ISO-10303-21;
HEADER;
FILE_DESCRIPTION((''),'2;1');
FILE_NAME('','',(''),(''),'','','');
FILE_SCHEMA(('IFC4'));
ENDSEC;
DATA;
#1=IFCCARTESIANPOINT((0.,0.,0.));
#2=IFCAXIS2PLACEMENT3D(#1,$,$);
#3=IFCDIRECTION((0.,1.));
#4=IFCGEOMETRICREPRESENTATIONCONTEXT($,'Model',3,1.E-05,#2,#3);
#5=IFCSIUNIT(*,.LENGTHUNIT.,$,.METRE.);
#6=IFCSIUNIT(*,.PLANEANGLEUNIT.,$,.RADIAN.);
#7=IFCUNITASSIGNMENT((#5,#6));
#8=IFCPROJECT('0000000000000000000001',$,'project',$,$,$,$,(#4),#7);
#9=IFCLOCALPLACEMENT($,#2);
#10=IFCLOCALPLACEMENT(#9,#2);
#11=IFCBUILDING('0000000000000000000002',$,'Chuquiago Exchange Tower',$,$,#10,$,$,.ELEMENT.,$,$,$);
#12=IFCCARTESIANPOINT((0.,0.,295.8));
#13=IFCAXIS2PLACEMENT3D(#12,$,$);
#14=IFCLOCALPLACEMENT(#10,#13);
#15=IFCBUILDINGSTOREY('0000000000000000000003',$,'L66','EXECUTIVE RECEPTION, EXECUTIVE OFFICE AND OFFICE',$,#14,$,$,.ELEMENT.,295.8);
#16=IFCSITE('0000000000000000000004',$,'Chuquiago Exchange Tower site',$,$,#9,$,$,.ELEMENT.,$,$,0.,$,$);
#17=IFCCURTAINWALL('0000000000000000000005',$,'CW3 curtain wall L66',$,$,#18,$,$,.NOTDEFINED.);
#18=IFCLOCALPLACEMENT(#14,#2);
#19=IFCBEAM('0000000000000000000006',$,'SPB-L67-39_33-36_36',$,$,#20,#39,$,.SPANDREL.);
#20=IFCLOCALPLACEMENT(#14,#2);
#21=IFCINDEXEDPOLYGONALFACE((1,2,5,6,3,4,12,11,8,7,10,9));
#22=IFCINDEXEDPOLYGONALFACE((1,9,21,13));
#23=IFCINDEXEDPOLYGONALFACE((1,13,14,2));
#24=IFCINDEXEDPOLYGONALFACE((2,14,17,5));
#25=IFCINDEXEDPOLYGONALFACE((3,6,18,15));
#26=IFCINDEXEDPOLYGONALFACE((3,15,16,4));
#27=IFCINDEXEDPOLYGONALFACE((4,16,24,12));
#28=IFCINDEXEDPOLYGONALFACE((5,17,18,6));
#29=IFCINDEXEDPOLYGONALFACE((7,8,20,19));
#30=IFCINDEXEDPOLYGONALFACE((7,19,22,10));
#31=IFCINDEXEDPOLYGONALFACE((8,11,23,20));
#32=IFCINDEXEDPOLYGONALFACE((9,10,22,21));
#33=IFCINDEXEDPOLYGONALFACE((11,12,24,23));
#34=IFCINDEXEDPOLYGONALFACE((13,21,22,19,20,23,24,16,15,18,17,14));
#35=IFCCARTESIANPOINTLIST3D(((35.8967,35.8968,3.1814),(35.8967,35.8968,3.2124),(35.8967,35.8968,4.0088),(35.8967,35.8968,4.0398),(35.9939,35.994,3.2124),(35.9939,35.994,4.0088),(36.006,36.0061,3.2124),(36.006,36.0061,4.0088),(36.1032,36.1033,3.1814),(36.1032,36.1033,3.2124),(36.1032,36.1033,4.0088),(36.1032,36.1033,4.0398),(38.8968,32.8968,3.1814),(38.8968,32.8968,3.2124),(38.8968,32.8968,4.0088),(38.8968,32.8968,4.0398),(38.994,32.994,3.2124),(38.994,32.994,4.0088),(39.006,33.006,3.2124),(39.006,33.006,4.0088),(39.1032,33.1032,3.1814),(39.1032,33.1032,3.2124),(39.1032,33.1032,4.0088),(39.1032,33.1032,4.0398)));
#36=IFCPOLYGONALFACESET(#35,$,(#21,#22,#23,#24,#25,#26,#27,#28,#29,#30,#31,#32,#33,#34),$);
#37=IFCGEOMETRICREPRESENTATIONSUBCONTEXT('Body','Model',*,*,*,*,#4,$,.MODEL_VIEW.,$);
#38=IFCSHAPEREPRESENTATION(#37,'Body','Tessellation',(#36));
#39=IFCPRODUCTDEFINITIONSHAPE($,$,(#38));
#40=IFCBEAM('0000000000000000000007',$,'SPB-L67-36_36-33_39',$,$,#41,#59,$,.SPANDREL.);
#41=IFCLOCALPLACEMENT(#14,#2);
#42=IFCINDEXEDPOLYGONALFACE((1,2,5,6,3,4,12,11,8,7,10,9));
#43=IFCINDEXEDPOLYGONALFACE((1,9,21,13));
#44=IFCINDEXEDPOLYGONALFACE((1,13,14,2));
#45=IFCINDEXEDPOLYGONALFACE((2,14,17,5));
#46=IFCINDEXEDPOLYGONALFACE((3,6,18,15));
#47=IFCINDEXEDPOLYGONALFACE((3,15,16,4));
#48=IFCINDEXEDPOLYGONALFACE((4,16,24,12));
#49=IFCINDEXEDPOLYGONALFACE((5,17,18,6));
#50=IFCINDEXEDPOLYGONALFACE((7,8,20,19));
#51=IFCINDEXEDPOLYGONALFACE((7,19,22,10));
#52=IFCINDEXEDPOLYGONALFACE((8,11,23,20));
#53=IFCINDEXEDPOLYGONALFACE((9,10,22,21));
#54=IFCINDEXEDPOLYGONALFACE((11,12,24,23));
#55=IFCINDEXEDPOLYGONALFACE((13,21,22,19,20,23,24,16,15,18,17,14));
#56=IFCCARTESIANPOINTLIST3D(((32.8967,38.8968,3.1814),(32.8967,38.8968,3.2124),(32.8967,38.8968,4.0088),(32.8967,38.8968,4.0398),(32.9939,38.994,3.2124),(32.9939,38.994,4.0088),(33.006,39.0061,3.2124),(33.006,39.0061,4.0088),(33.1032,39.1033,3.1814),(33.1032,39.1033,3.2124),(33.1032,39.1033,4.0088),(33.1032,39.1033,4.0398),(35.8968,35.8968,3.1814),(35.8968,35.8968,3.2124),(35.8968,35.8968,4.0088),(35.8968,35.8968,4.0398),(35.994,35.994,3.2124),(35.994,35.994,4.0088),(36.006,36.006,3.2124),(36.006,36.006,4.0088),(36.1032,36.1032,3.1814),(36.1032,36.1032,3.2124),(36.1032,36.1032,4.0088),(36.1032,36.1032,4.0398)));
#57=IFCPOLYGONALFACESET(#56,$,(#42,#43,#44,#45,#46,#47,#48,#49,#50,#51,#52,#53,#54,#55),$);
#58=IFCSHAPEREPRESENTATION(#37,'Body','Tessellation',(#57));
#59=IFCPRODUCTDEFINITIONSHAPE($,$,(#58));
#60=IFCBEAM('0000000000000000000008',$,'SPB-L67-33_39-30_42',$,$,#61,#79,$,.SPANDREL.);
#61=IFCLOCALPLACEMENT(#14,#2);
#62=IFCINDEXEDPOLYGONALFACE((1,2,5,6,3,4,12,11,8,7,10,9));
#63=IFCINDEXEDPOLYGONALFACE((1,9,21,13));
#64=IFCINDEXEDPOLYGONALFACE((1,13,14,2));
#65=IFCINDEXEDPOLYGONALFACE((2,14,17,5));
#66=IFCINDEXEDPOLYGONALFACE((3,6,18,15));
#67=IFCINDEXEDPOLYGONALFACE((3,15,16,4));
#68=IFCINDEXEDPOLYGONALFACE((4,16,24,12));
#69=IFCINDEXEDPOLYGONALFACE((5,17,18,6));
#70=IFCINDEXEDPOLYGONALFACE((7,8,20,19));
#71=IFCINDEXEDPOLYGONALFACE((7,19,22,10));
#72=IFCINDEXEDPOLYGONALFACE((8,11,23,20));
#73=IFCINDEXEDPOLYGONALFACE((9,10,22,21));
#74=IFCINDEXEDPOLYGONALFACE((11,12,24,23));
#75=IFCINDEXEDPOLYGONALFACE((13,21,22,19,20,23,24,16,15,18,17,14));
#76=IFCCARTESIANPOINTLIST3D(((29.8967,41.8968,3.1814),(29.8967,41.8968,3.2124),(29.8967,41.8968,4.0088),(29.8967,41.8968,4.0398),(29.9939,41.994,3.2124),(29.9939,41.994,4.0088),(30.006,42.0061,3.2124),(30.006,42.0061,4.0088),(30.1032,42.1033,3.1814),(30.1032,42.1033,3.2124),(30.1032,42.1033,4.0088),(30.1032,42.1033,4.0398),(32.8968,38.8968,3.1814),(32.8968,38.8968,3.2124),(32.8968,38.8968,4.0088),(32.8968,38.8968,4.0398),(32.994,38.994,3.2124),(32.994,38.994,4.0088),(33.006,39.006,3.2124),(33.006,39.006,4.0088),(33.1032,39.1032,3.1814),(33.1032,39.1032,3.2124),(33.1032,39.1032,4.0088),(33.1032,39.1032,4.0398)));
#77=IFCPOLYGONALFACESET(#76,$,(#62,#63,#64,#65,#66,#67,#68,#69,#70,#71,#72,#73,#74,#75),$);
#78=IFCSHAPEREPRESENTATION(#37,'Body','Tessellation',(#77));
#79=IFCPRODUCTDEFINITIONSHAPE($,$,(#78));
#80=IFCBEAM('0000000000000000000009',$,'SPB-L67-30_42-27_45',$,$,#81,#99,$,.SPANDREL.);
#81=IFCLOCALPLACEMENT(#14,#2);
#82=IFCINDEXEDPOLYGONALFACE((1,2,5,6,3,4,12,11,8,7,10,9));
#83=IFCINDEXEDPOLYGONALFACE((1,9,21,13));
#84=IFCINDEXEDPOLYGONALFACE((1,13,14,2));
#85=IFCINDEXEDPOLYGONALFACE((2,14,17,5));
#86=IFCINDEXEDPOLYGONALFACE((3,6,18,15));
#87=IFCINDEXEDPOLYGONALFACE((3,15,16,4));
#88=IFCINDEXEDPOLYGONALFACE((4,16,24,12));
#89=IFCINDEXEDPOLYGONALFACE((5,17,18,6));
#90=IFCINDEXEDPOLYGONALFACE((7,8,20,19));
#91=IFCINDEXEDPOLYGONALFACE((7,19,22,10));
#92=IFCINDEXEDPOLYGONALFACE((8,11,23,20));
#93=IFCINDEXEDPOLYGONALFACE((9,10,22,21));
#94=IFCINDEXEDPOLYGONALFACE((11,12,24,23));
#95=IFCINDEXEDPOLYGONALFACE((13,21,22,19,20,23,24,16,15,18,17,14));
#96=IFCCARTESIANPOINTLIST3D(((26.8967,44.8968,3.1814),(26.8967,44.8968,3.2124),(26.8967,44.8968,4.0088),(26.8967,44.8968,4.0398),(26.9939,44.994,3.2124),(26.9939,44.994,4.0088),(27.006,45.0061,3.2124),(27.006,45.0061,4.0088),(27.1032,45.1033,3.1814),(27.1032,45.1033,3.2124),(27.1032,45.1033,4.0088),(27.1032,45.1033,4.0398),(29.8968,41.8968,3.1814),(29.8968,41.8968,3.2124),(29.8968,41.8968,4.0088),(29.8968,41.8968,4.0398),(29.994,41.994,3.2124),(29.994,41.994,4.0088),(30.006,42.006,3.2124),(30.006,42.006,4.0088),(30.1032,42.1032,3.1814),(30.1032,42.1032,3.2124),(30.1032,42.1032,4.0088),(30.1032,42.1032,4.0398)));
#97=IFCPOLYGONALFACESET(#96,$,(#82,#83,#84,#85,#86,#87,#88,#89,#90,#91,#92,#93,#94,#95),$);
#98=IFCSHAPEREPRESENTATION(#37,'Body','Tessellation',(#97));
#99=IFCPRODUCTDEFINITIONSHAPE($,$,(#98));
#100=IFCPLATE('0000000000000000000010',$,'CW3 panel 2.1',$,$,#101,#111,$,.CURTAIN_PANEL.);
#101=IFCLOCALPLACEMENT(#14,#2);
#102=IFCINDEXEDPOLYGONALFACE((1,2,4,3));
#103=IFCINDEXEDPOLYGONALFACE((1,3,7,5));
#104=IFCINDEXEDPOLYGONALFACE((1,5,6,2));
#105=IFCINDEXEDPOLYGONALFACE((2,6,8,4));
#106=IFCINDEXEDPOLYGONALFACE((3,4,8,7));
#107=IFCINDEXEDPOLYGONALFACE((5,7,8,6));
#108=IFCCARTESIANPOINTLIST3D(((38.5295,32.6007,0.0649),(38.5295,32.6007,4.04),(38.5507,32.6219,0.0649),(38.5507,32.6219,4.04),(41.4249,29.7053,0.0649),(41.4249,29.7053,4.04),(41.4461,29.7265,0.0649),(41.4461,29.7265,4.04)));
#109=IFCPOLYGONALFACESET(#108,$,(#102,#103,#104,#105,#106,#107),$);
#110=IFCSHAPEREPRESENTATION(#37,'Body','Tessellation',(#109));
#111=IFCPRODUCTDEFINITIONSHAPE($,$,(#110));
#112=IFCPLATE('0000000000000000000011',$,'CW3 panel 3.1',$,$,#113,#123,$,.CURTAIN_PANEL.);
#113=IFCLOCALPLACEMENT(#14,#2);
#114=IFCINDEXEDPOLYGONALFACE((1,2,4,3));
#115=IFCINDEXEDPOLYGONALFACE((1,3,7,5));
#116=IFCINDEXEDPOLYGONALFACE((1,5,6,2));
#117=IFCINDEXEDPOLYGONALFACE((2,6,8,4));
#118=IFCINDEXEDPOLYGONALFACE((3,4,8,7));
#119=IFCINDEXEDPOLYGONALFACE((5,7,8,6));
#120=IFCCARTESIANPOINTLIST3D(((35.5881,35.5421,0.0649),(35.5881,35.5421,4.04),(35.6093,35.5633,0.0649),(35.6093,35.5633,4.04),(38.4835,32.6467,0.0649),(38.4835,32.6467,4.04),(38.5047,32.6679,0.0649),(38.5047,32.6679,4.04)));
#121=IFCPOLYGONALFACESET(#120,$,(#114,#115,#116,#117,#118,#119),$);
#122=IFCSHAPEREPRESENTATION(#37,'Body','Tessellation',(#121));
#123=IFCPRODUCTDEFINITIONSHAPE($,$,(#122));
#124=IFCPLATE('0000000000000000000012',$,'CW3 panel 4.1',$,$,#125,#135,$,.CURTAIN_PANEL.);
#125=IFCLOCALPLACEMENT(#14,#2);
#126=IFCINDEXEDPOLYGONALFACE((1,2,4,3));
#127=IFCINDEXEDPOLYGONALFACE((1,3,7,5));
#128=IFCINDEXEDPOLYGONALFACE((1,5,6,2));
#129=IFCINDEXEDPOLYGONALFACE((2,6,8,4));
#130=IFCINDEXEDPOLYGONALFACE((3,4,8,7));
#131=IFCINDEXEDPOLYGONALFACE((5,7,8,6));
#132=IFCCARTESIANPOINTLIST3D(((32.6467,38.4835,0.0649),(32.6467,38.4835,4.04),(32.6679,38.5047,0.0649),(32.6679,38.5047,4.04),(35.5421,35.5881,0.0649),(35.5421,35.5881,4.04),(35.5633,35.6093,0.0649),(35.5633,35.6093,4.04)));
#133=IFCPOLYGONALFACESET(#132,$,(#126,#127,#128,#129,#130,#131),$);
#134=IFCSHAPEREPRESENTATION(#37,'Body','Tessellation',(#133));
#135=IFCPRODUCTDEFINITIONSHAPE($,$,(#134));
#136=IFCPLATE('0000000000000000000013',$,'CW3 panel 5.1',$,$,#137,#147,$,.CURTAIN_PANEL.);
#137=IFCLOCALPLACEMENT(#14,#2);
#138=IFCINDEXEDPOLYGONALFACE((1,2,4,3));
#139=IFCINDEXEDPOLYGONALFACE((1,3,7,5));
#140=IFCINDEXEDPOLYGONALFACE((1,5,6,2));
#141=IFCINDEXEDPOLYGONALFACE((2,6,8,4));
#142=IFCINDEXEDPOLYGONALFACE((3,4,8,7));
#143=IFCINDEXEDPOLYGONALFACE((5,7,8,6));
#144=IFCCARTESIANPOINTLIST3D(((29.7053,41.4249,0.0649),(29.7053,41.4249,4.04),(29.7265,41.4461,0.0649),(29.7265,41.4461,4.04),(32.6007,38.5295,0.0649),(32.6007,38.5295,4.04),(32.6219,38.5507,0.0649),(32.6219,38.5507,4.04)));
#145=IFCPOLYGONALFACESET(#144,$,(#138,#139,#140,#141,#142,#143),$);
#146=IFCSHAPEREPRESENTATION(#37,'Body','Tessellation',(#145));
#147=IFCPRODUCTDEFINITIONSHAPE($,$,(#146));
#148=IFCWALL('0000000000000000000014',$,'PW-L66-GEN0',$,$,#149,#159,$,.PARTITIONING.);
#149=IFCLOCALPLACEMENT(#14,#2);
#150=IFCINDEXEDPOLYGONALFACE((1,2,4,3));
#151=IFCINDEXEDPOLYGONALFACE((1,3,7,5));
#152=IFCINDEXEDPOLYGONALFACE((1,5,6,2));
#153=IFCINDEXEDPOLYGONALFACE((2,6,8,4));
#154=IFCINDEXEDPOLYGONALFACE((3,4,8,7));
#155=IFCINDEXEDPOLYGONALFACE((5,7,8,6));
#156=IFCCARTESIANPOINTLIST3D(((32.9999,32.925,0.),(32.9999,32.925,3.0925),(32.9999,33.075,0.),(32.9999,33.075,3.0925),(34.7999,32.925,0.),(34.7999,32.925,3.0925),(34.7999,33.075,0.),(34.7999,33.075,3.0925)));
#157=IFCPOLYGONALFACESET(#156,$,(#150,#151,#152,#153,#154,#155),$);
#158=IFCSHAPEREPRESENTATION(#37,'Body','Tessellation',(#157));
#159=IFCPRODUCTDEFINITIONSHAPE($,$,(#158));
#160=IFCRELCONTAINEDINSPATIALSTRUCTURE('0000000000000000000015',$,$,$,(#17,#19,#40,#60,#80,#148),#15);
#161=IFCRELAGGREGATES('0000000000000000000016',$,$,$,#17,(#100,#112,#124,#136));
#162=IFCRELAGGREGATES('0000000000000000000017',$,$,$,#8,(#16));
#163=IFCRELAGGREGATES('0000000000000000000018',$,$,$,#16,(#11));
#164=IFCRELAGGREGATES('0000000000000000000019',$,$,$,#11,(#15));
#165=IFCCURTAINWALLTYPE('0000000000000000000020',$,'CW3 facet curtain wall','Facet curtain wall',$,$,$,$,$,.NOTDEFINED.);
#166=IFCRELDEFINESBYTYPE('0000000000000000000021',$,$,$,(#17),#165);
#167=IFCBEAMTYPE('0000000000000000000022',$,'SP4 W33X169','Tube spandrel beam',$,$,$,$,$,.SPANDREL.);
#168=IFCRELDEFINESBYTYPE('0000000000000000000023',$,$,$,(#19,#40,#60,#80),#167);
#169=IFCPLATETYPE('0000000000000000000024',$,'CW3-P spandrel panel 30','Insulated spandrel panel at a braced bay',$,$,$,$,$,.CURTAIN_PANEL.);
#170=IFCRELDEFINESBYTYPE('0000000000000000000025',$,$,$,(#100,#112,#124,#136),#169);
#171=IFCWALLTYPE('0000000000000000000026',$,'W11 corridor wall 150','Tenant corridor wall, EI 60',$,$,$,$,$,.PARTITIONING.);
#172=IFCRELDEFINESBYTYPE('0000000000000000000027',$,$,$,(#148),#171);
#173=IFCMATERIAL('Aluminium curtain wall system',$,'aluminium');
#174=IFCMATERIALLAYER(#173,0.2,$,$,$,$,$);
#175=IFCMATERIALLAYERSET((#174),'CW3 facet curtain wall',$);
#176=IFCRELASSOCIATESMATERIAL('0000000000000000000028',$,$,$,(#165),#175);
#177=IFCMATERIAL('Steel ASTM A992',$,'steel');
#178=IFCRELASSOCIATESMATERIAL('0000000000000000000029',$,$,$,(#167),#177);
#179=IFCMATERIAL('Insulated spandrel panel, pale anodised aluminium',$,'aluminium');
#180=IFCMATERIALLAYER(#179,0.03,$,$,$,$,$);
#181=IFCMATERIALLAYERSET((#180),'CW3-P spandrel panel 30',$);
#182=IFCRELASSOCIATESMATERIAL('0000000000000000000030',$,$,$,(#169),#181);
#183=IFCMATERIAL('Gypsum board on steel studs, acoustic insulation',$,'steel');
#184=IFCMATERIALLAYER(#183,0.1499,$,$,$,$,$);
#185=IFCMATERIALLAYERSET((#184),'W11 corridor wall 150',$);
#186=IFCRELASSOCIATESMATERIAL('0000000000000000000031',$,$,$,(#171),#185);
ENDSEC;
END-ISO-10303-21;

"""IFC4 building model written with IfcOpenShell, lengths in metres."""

from ifc_helpers import new_model, si_unit, direction, frame, frame_2d, origin, origin_2d, place, context, subcontext, project, spatial, rectangle, i_section, extrude, material, layer, layer_set, material_profile, profile_set, type_object, element, aggregate, save


model = new_model("IFC4")

# Units and contexts
model_context = context("Model", 3, precision=1e-05, world=origin(), true_north=direction((0.0, 1.0)))
body_context = subcontext(model_context, "Body", "Model", "MODEL_VIEW")
ifc_project = project(units=[si_unit("LENGTHUNIT", "METRE"), si_unit("PLANEANGLEUNIT", "RADIAN")], contexts=[model_context])

# Site, building, storey
site_placement = place(None, origin())
site = spatial("IfcSite", under=ifc_project, at=site_placement, Name="Chuquiago Exchange Tower site", CompositionType="ELEMENT", RefElevation=0.0)
building_placement = place(site_placement, origin())
building = spatial("IfcBuilding", under=site, at=building_placement, Name="Chuquiago Exchange Tower", CompositionType="ELEMENT")
storey_placement = place(building_placement, frame((0.0, 0.0, 295.8)))
storey = spatial("IfcBuildingStorey", under=building, at=storey_placement, Name="L66", Description="EXECUTIVE RECEPTION, EXECUTIVE OFFICE AND OFFICE", CompositionType="ELEMENT", Elevation=295.8)

# Curtain wall
ifc_material_1 = material(Name="Aluminium curtain wall system", Category="aluminium")
ifc_layer_1 = layer(ifc_material_1, 0.2)
ifc_layer_set_1 = layer_set([ifc_layer_1], Name="CW3 facet curtain wall")
curtain_wall_type = type_object("IfcCurtainWallType", Name="CW3 facet curtain wall", Description="Facet curtain wall", PredefinedType="NOTDEFINED", material=ifc_layer_set_1)
curtain_wall_placement = place(storey_placement, origin())
curtain_wall = element("IfcCurtainWall", 1, at=curtain_wall_placement, inside=storey, type_object=curtain_wall_type, Name="CW3 curtain wall L66", PredefinedType="NOTDEFINED")

# Beams
ifc_material_2 = material(Name="Steel ASTM A992", Category="steel")
ifc_material_profile_1 = material_profile(ifc_material_2, i_section(OverallWidth=0.292, OverallDepth=0.8584, WebThickness=0.0171, FlangeThickness=0.031, at=origin_2d()), Name="W33X169")
ifc_profile_set_1 = profile_set([ifc_material_profile_1], Name="Steel ASTM A992")
beam_type_1 = type_object("IfcBeamType", Name="SP4 W33X169", Description="Tube spandrel beam", PredefinedType="SPANDREL", material=ifc_profile_set_1)
for number, where, z_axis, x_axis, name in (
    (2, (39.0, 33.0, 3.6106), (-0.707107, 0.707107, 0.0), (-0.707107, -0.707107, 0.0), "SPB-L67-39_33-36_36"),
    (3, (36.0, 36.0, 3.6106), (-0.707107, 0.707107, 0.0), (-0.707107, -0.707107, 0.0), "SPB-L67-36_36-33_39"),
    (4, (33.0, 39.0, 3.6106), (-0.707107, 0.707107, 0.0), (-0.707107, -0.707107, 0.0), "SPB-L67-33_39-30_42"),
    (5, (30.0, 42.0, 3.6106), (-0.707107, 0.707107, 0.0), (-0.707107, -0.707107, 0.0), "SPB-L67-30_42-27_45"),
):
    element("IfcBeam", number, at=place(storey_placement, frame(where, z_axis=z_axis, x_axis=x_axis)), inside=storey, type_object=beam_type_1, Name=name, PredefinedType="SPANDREL", context=body_context, shape_type="SweptSolid", body=[
        extrude(i_section(OverallWidth=0.292, OverallDepth=0.8584, WebThickness=0.0171, FlangeThickness=0.031, at=origin_2d()), origin(), (0.0, 0.0, 1.0), 4.2427),
    ])

# Plates
ifc_material_3 = material(Name="Insulated spandrel panel, pale anodised aluminium", Category="aluminium")
ifc_layer_2 = layer(ifc_material_3, 0.03)
ifc_layer_set_2 = layer_set([ifc_layer_2], Name="CW3-P spandrel panel 30")
plate_type = type_object("IfcPlateType", Name="CW3-P spandrel panel 30", Description="Insulated spandrel panel at a braced bay", PredefinedType="CURTAIN_PANEL", material=ifc_layer_set_2)
plate_1_placement = place(storey_placement, frame((39.9878, 31.1636, 0.0649), z_axis=(0.0, 0.0, 1.0), x_axis=(-0.707107, 0.707107, 0.0)))
plate_1 = element("IfcPlate", 6, at=plate_1_placement, type_object=plate_type, Name="CW3 panel 2.1", PredefinedType="CURTAIN_PANEL", context=body_context, shape_type="SweptSolid", body=[
    extrude(rectangle(XDim=4.0947, YDim=0.03, at=origin_2d()), origin(), (0.0, 0.0, 1.0), 3.9751),
])
plate_2_placement = place(storey_placement, frame((37.0464, 34.105, 0.0649), z_axis=(0.0, 0.0, 1.0), x_axis=(-0.707107, 0.707107, 0.0)))
plate_2 = element("IfcPlate", 7, at=plate_2_placement, type_object=plate_type, Name="CW3 panel 3.1", PredefinedType="CURTAIN_PANEL", context=body_context, shape_type="SweptSolid", body=[
    extrude(rectangle(XDim=4.0947, YDim=0.03, at=origin_2d()), origin(), (0.0, 0.0, 1.0), 3.9751),
])
plate_3_placement = place(storey_placement, frame((34.105, 37.0464, 0.0649), z_axis=(0.0, 0.0, 1.0), x_axis=(-0.707107, 0.707107, 0.0)))
plate_3 = element("IfcPlate", 8, at=plate_3_placement, type_object=plate_type, Name="CW3 panel 4.1", PredefinedType="CURTAIN_PANEL", context=body_context, shape_type="SweptSolid", body=[
    extrude(rectangle(XDim=4.0947, YDim=0.03, at=origin_2d()), origin(), (0.0, 0.0, 1.0), 3.9751),
])
plate_4_placement = place(storey_placement, frame((31.1636, 39.9878, 0.0649), z_axis=(0.0, 0.0, 1.0), x_axis=(-0.707107, 0.707107, 0.0)))
plate_4 = element("IfcPlate", 9, at=plate_4_placement, type_object=plate_type, Name="CW3 panel 5.1", PredefinedType="CURTAIN_PANEL", context=body_context, shape_type="SweptSolid", body=[
    extrude(rectangle(XDim=4.0947, YDim=0.03, at=origin_2d()), origin(), (0.0, 0.0, 1.0), 3.9751),
])
aggregate(curtain_wall, [plate_1, plate_2, plate_3, plate_4])

# Wall
ifc_material_4 = material(Name="Gypsum board on steel studs, acoustic insulation", Category="steel")
ifc_layer_3 = layer(ifc_material_4, 0.1499)
ifc_layer_set_3 = layer_set([ifc_layer_3], Name="W11 corridor wall 150")
wall_type_1 = type_object("IfcWallType", Name="W11 corridor wall 150", Description="Tenant corridor wall, EI 60", PredefinedType="PARTITIONING", material=ifc_layer_set_3)
wall_1_placement = place(storey_placement, frame((33.0, 33.0, 0.0), z_axis=(0.0, 0.0, 1.0), x_axis=(1.0, 0.0, 0.0)))
element("IfcWall", 10, at=wall_1_placement, inside=storey, type_object=wall_type_1, Name="PW-L66-GEN0", PredefinedType="PARTITIONING", context=body_context, shape_type="SweptSolid", body=[
    extrude(rectangle(XDim=1.8, YDim=0.1499, at=frame_2d((0.8999, 0.0))), origin(), (0.0, 0.0, 1.0), 3.0925),
])

save(model, "model.ifc")
